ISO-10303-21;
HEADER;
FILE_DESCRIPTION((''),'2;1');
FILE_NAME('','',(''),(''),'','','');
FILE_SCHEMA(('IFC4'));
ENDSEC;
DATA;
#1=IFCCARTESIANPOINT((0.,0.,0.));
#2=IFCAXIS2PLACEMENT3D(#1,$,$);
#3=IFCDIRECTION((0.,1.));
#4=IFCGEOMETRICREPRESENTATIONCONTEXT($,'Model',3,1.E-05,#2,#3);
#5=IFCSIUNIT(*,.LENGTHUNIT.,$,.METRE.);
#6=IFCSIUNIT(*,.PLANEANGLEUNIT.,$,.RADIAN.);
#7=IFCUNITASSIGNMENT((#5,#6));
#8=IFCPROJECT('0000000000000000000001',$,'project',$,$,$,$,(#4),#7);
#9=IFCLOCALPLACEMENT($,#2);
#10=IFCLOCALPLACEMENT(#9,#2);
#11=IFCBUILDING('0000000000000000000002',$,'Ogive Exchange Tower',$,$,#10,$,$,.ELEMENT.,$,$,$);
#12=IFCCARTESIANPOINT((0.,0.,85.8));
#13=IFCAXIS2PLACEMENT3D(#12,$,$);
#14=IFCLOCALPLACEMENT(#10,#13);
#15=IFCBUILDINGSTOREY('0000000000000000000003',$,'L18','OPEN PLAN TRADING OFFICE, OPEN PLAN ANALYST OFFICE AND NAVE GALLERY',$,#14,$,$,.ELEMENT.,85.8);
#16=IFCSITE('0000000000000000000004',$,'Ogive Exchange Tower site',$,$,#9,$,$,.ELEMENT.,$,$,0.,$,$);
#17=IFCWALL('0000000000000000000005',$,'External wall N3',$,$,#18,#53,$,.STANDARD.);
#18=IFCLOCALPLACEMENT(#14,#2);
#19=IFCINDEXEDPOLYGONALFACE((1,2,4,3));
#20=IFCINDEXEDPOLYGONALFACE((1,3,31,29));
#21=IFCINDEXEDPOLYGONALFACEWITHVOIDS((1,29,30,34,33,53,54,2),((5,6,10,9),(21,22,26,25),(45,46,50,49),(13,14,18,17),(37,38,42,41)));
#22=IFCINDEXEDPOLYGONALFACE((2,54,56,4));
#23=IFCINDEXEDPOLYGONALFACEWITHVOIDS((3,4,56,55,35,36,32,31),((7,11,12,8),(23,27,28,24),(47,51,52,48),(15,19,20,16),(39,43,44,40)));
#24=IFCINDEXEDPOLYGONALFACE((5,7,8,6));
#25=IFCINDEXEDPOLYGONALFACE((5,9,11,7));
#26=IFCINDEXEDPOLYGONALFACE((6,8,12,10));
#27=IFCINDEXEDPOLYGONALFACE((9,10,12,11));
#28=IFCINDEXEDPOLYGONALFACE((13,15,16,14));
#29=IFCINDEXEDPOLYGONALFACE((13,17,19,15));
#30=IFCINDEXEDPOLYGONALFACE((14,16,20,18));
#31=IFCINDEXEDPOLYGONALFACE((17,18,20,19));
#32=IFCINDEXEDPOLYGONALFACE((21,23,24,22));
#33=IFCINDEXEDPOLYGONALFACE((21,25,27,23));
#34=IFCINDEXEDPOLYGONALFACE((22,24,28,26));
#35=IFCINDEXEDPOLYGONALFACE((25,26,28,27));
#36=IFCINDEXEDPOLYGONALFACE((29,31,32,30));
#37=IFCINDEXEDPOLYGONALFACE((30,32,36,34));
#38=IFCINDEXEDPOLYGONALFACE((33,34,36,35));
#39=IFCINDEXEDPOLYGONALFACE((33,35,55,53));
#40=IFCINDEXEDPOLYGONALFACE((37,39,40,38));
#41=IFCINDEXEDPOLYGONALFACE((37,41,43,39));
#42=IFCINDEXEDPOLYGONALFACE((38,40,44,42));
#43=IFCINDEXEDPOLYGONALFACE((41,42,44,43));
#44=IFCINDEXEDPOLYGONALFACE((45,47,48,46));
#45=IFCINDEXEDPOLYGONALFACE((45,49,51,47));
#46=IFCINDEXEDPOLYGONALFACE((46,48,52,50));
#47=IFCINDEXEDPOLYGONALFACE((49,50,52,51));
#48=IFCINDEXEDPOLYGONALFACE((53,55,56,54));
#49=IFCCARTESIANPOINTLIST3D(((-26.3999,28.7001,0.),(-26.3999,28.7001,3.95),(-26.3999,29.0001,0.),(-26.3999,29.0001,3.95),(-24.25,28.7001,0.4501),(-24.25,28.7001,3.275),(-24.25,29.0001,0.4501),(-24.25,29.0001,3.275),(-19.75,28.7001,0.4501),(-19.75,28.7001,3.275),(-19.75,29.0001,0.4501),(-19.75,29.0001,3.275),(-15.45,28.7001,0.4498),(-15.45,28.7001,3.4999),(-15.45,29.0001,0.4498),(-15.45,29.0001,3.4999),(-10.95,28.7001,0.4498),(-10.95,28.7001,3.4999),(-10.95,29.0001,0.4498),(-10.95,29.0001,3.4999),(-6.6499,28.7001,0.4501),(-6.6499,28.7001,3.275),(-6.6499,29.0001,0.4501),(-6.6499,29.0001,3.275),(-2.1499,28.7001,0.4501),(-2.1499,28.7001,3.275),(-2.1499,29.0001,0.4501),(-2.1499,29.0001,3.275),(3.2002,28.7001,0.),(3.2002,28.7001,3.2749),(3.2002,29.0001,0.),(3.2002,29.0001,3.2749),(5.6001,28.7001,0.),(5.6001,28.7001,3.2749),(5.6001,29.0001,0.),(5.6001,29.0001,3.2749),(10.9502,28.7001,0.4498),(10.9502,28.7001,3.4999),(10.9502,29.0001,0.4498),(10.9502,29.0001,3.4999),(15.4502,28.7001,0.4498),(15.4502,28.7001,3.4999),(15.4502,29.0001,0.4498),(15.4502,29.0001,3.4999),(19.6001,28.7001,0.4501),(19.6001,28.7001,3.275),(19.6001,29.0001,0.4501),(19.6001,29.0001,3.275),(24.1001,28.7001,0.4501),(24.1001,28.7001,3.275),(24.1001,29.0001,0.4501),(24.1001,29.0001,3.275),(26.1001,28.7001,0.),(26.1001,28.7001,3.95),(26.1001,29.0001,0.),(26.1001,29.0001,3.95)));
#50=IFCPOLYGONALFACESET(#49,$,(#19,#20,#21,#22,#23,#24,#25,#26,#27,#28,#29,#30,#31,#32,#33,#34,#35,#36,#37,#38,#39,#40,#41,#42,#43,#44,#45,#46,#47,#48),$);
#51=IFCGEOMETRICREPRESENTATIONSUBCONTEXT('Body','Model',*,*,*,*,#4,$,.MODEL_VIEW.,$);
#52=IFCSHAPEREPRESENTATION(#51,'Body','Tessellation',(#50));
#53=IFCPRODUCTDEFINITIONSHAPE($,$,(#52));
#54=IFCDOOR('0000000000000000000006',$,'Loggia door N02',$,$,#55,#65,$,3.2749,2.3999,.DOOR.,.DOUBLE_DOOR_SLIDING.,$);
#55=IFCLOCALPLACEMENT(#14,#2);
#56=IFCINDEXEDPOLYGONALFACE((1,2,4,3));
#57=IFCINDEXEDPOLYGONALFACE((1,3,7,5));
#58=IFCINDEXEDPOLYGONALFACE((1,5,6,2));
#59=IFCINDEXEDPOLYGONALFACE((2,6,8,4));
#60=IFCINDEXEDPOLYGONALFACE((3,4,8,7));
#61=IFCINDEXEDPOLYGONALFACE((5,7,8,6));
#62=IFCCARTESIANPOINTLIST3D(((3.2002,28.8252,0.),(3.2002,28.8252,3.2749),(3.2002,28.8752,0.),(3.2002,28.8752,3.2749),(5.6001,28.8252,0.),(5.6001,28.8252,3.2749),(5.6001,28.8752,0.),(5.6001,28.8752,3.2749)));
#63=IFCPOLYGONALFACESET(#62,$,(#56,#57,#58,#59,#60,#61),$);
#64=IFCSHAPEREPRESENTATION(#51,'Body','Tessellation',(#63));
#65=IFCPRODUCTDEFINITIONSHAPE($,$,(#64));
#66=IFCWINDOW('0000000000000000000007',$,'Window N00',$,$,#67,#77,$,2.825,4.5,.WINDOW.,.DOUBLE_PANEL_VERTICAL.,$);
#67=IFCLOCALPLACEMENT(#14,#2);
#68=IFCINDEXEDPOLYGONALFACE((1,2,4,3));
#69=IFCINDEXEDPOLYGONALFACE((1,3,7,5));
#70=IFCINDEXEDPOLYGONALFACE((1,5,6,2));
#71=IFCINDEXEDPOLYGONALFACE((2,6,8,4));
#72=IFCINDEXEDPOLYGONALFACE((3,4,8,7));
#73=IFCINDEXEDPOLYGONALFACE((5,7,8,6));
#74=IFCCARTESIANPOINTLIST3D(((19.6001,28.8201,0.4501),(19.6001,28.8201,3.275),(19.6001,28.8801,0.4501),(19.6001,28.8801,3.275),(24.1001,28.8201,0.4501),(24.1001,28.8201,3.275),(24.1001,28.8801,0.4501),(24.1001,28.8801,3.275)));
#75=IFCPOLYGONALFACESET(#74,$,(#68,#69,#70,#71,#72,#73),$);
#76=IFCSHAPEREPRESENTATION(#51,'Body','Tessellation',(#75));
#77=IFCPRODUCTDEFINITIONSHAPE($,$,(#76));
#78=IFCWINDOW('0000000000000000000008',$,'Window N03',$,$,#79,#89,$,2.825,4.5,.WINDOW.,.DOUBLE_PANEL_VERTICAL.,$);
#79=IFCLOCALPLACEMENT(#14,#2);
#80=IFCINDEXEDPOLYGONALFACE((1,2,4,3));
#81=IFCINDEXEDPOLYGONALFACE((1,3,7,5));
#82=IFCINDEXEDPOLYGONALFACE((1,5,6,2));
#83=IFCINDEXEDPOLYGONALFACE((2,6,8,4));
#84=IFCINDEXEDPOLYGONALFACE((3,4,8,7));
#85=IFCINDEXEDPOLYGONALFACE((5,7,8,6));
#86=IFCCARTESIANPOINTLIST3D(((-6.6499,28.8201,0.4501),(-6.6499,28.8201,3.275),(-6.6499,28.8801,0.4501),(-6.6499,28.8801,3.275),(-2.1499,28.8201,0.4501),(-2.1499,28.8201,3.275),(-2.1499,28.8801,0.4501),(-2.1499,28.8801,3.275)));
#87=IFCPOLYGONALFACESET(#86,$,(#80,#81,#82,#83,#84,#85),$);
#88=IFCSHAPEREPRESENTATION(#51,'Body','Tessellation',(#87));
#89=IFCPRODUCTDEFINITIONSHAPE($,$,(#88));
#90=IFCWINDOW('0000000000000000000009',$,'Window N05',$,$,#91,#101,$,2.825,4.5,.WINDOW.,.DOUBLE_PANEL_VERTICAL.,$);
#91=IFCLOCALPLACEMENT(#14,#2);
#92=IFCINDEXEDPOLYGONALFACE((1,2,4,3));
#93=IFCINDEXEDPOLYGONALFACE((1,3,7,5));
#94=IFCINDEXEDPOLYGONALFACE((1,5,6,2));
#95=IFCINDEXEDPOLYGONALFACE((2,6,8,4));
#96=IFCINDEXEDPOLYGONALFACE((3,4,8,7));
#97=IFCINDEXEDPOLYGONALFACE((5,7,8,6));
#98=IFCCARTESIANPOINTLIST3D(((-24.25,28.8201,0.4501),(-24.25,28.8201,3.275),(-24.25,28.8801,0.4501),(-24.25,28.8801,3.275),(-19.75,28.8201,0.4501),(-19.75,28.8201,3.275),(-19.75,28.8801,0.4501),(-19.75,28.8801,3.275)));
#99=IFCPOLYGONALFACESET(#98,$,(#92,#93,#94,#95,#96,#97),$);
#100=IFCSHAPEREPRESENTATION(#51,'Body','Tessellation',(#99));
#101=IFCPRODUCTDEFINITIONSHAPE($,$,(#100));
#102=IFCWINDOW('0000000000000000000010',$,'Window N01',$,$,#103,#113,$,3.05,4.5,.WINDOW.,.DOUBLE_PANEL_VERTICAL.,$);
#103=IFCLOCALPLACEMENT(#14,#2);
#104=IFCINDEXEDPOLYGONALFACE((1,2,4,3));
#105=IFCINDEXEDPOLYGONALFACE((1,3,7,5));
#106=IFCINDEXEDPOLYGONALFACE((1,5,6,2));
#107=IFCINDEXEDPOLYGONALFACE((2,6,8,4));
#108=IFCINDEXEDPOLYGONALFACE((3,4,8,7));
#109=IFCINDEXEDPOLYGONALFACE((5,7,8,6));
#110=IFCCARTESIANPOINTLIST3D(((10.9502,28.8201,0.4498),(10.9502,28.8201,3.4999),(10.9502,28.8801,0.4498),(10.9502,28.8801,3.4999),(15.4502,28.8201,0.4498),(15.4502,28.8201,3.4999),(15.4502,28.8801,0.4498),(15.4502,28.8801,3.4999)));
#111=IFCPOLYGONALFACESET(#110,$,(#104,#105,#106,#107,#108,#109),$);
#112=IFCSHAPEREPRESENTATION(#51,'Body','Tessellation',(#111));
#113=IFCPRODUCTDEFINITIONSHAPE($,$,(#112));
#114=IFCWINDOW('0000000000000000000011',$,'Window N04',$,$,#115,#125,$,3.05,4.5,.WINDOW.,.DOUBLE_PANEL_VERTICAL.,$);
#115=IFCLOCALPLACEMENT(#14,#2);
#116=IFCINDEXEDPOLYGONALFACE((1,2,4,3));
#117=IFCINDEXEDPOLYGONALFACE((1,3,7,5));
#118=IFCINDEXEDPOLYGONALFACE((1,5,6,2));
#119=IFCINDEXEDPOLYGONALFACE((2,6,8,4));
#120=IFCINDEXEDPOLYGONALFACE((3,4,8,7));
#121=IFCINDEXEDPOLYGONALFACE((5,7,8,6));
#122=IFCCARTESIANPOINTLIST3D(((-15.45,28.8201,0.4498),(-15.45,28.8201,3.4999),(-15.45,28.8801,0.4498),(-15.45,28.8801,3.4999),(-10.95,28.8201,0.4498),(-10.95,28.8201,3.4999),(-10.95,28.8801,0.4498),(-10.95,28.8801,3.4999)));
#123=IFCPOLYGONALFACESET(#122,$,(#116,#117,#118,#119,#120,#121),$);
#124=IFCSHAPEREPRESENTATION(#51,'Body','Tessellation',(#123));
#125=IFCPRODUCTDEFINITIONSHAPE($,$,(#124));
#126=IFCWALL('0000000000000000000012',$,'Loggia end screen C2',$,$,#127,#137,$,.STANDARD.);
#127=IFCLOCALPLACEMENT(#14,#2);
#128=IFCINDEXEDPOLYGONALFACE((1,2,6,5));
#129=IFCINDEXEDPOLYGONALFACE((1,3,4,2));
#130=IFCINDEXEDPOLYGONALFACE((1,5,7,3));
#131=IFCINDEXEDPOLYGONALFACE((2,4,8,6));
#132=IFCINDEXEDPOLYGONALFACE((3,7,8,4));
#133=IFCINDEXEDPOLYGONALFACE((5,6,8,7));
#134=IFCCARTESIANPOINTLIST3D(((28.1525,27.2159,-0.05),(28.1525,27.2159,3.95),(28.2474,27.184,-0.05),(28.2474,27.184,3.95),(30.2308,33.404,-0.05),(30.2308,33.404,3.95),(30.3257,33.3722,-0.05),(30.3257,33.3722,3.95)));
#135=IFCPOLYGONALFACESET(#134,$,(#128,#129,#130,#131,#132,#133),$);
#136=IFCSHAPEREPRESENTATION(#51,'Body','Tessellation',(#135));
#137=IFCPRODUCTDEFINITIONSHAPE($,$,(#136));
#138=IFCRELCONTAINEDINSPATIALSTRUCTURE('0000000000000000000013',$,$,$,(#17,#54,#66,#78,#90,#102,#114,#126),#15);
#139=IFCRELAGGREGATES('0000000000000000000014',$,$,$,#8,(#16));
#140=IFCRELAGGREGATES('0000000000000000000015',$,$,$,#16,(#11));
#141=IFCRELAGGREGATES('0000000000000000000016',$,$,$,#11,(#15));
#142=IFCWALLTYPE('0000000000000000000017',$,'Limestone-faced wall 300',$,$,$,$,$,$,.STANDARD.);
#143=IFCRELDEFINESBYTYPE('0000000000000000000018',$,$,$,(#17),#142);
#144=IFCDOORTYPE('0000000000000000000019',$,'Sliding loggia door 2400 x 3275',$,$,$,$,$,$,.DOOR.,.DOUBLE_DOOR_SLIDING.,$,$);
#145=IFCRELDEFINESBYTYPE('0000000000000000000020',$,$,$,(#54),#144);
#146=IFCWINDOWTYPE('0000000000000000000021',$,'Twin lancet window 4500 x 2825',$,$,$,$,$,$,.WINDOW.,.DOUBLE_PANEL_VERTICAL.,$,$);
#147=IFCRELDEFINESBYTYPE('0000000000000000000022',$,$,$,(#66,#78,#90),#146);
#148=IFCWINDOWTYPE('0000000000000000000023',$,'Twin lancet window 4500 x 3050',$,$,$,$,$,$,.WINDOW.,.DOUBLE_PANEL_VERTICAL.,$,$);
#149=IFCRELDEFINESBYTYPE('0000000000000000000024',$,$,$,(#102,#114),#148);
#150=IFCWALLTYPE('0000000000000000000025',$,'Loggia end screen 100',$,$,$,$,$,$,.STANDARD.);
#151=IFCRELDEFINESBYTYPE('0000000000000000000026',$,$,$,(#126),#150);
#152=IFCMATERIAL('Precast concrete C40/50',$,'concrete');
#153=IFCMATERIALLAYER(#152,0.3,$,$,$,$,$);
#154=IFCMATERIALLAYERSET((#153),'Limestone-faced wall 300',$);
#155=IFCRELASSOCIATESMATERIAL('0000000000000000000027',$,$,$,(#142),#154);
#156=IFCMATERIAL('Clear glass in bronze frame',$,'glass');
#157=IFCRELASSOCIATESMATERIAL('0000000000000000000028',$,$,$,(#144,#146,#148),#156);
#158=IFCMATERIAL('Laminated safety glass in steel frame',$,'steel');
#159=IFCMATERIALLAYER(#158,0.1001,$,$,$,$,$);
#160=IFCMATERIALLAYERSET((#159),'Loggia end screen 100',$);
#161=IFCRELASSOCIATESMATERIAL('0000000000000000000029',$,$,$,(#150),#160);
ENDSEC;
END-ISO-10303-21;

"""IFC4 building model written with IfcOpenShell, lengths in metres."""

from ifc_helpers import new_model, si_unit, direction, frame, frame_2d, origin, place, context, subcontext, project, spatial, rectangle, extrude, material, layer, layer_set, type_object, element, fill, save


model = new_model("IFC4")

# Units and contexts
model_context = context("Model", 3, precision=1e-05, world=origin(), true_north=direction((0.0, 1.0)))
body_context = subcontext(model_context, "Body", "Model", "MODEL_VIEW")
ifc_project = project(units=[si_unit("LENGTHUNIT", "METRE"), si_unit("PLANEANGLEUNIT", "RADIAN")], contexts=[model_context])

# Site, building, storey
site_placement = place(None, origin())
site = spatial("IfcSite", under=ifc_project, at=site_placement, Name="Ogive Exchange Tower site", CompositionType="ELEMENT", RefElevation=0.0)
building_placement = place(site_placement, origin())
building = spatial("IfcBuilding", under=site, at=building_placement, Name="Ogive Exchange Tower", CompositionType="ELEMENT")
storey_placement = place(building_placement, frame((0.0, 0.0, 85.8)))
storey = spatial("IfcBuildingStorey", under=building, at=storey_placement, Name="L18", Description="OPEN PLAN TRADING OFFICE, OPEN PLAN ANALYST OFFICE AND NAVE GALLERY", CompositionType="ELEMENT", Elevation=85.8)

# Wall, openings, door, windows
ifc_material_1 = material(Name="Precast concrete C40/50", Category="concrete")
ifc_layer_1 = layer(ifc_material_1, 0.3)
ifc_layer_set_1 = layer_set([ifc_layer_1], Name="Limestone-faced wall 300")
wall_type_1 = type_object("IfcWallType", Name="Limestone-faced wall 300", PredefinedType="STANDARD", material=ifc_layer_set_1)
wall_1_placement = place(storey_placement, frame((26.1001, 28.8501, 0.0), z_axis=(0.0, 0.0, 1.0), x_axis=(-1.0, 0.0, 0.0)))
wall_1 = element("IfcWall", 1, at=wall_1_placement, inside=storey, type_object=wall_type_1, Name="External wall N3", PredefinedType="STANDARD", context=body_context, shape_type="SweptSolid", body=[
    extrude(rectangle(XDim=52.5, YDim=0.3, at=frame_2d((26.25, 0.0))), origin(), (0.0, 0.0, 1.0), 3.95),
])
opening_1_placement = place(wall_1_placement, frame((2.0, 0.0, 0.45)))
opening_1 = element("IfcOpeningElement", 2, at=opening_1_placement, cuts=wall_1, PredefinedType="OPENING", context=body_context, shape_type="SweptSolid", body=[
    extrude(rectangle(XDim=4.5, YDim=2.825, at=frame_2d((2.25, 1.4126))), frame((0.0, 0.1599, 0.0), z_axis=(0.0, -1.0, 0.0), x_axis=(1.0, 0.0, 0.0)), (0.0, 0.0, 1.0), 0.3201),
])
opening_2_placement = place(wall_1_placement, frame((10.6499, 0.0, 0.45)))
opening_2 = element("IfcOpeningElement", 3, at=opening_2_placement, cuts=wall_1, PredefinedType="OPENING", context=body_context, shape_type="SweptSolid", body=[
    extrude(rectangle(XDim=4.5, YDim=3.05, at=frame_2d((2.25, 1.5249))), frame((0.0, 0.1599, 0.0), z_axis=(0.0, -1.0, 0.0), x_axis=(1.0, 0.0, 0.0)), (0.0, 0.0, 1.0), 0.3201),
])
opening_3_placement = place(wall_1_placement, frame((20.5, 0.0, 0.0)))
opening_3 = element("IfcOpeningElement", 4, at=opening_3_placement, cuts=wall_1, PredefinedType="OPENING", context=body_context, shape_type="SweptSolid", body=[
    extrude(rectangle(XDim=2.3999, YDim=3.2749, at=frame_2d((1.2, 1.6375))), frame((0.0, 0.1599, 0.0), z_axis=(0.0, -1.0, 0.0), x_axis=(1.0, 0.0, 0.0)), (0.0, 0.0, 1.0), 0.3201),
])
opening_4_placement = place(wall_1_placement, frame((28.25, 0.0, 0.45)))
opening_4 = element("IfcOpeningElement", 5, at=opening_4_placement, cuts=wall_1, PredefinedType="OPENING", context=body_context, shape_type="SweptSolid", body=[
    extrude(rectangle(XDim=4.5, YDim=2.825, at=frame_2d((2.25, 1.4126))), frame((0.0, 0.1599, 0.0), z_axis=(0.0, -1.0, 0.0), x_axis=(1.0, 0.0, 0.0)), (0.0, 0.0, 1.0), 0.3201),
])
opening_5_placement = place(wall_1_placement, frame((37.05, 0.0, 0.45)))
opening_5 = element("IfcOpeningElement", 6, at=opening_5_placement, cuts=wall_1, PredefinedType="OPENING", context=body_context, shape_type="SweptSolid", body=[
    extrude(rectangle(XDim=4.5, YDim=3.05, at=frame_2d((2.25, 1.5249))), frame((0.0, 0.1599, 0.0), z_axis=(0.0, -1.0, 0.0), x_axis=(1.0, 0.0, 0.0)), (0.0, 0.0, 1.0), 0.3201),
])
opening_6_placement = place(wall_1_placement, frame((45.8501, 0.0, 0.45)))
opening_6 = element("IfcOpeningElement", 7, at=opening_6_placement, cuts=wall_1, PredefinedType="OPENING", context=body_context, shape_type="SweptSolid", body=[
    extrude(rectangle(XDim=4.5, YDim=2.825, at=frame_2d((2.25, 1.4126))), frame((0.0, 0.1599, 0.0), z_axis=(0.0, -1.0, 0.0), x_axis=(1.0, 0.0, 0.0)), (0.0, 0.0, 1.0), 0.3201),
])
ifc_material_2 = material(Name="Clear glass in bronze frame", Category="glass")
door_type_1 = type_object("IfcDoorType", Name="Sliding loggia door 2400 x 3275", OperationType="DOUBLE_DOOR_SLIDING", PredefinedType="DOOR", material=ifc_material_2)
door_1_placement = place(opening_3_placement, origin())
door_1 = element("IfcDoor", 8, at=door_1_placement, inside=storey, type_object=door_type_1, Name="Loggia door N02", OperationType="DOUBLE_DOOR_SLIDING", OverallHeight=3.2749, OverallWidth=2.3999, PredefinedType="DOOR", context=body_context, shape_type="SweptSolid", body=[
    extrude(rectangle(XDim=2.3999, YDim=3.2749, at=frame_2d((1.2, 1.6375))), frame((0.0, 0.0249, 0.0), z_axis=(0.0, -1.0, 0.0), x_axis=(1.0, 0.0, 0.0)), (0.0, 0.0, 1.0), 0.05),
])
fill(opening_3, door_1)
window_type_1 = type_object("IfcWindowType", Name="Twin lancet window 4500 x 2825", PartitioningType="DOUBLE_PANEL_VERTICAL", PredefinedType="WINDOW", material=ifc_material_2)
window_1_placement = place(opening_1_placement, origin())
window_1 = element("IfcWindow", 9, at=window_1_placement, inside=storey, type_object=window_type_1, Name="Window N00", OverallHeight=2.825, OverallWidth=4.5, PartitioningType="DOUBLE_PANEL_VERTICAL", PredefinedType="WINDOW", context=body_context, shape_type="SweptSolid", body=[
    extrude(rectangle(XDim=4.5, YDim=2.825, at=frame_2d((2.25, 1.4126))), frame((0.0, 0.03, 0.0), z_axis=(0.0, -1.0, 0.0), x_axis=(1.0, 0.0, 0.0)), (0.0, 0.0, 1.0), 0.0601),
])
fill(opening_1, window_1)
window_2_placement = place(opening_4_placement, origin())
window_2 = element("IfcWindow", 10, at=window_2_placement, inside=storey, type_object=window_type_1, Name="Window N03", OverallHeight=2.825, OverallWidth=4.5, PartitioningType="DOUBLE_PANEL_VERTICAL", PredefinedType="WINDOW", context=body_context, shape_type="SweptSolid", body=[
    extrude(rectangle(XDim=4.5, YDim=2.825, at=frame_2d((2.25, 1.4126))), frame((0.0, 0.03, 0.0), z_axis=(0.0, -1.0, 0.0), x_axis=(1.0, 0.0, 0.0)), (0.0, 0.0, 1.0), 0.0601),
])
fill(opening_4, window_2)
window_3_placement = place(opening_6_placement, origin())
window_3 = element("IfcWindow", 11, at=window_3_placement, inside=storey, type_object=window_type_1, Name="Window N05", OverallHeight=2.825, OverallWidth=4.5, PartitioningType="DOUBLE_PANEL_VERTICAL", PredefinedType="WINDOW", context=body_context, shape_type="SweptSolid", body=[
    extrude(rectangle(XDim=4.5, YDim=2.825, at=frame_2d((2.25, 1.4126))), frame((0.0, 0.03, 0.0), z_axis=(0.0, -1.0, 0.0), x_axis=(1.0, 0.0, 0.0)), (0.0, 0.0, 1.0), 0.0601),
])
fill(opening_6, window_3)
window_type_2 = type_object("IfcWindowType", Name="Twin lancet window 4500 x 3050", PartitioningType="DOUBLE_PANEL_VERTICAL", PredefinedType="WINDOW", material=ifc_material_2)
window_4_placement = place(opening_2_placement, origin())
window_4 = element("IfcWindow", 12, at=window_4_placement, inside=storey, type_object=window_type_2, Name="Window N01", OverallHeight=3.05, OverallWidth=4.5, PartitioningType="DOUBLE_PANEL_VERTICAL", PredefinedType="WINDOW", context=body_context, shape_type="SweptSolid", body=[
    extrude(rectangle(XDim=4.5, YDim=3.05, at=frame_2d((2.25, 1.5249))), frame((0.0, 0.03, 0.0), z_axis=(0.0, -1.0, 0.0), x_axis=(1.0, 0.0, 0.0)), (0.0, 0.0, 1.0), 0.0601),
])
fill(opening_2, window_4)
window_5_placement = place(opening_5_placement, origin())
window_5 = element("IfcWindow", 13, at=window_5_placement, inside=storey, type_object=window_type_2, Name="Window N04", OverallHeight=3.05, OverallWidth=4.5, PartitioningType="DOUBLE_PANEL_VERTICAL", PredefinedType="WINDOW", context=body_context, shape_type="SweptSolid", body=[
    extrude(rectangle(XDim=4.5, YDim=3.05, at=frame_2d((2.25, 1.5249))), frame((0.0, 0.03, 0.0), z_axis=(0.0, -1.0, 0.0), x_axis=(1.0, 0.0, 0.0)), (0.0, 0.0, 1.0), 0.0601),
])
fill(opening_5, window_5)

# Wall
ifc_material_3 = material(Name="Laminated safety glass in steel frame", Category="steel")
ifc_layer_2 = layer(ifc_material_3, 0.1001)
ifc_layer_set_2 = layer_set([ifc_layer_2], Name="Loggia end screen 100")
wall_type_2 = type_object("IfcWallType", Name="Loggia end screen 100", PredefinedType="STANDARD", material=ifc_layer_set_2)
wall_2_placement = place(storey_placement, frame((28.2, 27.2, -0.05), z_axis=(0.0, 0.0, 1.0), x_axis=(0.318381, 0.947963, 0.0)))
element("IfcWall", 14, at=wall_2_placement, inside=storey, type_object=wall_type_2, Name="Loggia end screen C2", PredefinedType="STANDARD", context=body_context, shape_type="SweptSolid", body=[
    extrude(rectangle(XDim=6.5278, YDim=0.1001, at=frame_2d((3.2639, 0.0))), origin(), (0.0, 0.0, 1.0), 4.0),
])

save(model, "model.ifc")
